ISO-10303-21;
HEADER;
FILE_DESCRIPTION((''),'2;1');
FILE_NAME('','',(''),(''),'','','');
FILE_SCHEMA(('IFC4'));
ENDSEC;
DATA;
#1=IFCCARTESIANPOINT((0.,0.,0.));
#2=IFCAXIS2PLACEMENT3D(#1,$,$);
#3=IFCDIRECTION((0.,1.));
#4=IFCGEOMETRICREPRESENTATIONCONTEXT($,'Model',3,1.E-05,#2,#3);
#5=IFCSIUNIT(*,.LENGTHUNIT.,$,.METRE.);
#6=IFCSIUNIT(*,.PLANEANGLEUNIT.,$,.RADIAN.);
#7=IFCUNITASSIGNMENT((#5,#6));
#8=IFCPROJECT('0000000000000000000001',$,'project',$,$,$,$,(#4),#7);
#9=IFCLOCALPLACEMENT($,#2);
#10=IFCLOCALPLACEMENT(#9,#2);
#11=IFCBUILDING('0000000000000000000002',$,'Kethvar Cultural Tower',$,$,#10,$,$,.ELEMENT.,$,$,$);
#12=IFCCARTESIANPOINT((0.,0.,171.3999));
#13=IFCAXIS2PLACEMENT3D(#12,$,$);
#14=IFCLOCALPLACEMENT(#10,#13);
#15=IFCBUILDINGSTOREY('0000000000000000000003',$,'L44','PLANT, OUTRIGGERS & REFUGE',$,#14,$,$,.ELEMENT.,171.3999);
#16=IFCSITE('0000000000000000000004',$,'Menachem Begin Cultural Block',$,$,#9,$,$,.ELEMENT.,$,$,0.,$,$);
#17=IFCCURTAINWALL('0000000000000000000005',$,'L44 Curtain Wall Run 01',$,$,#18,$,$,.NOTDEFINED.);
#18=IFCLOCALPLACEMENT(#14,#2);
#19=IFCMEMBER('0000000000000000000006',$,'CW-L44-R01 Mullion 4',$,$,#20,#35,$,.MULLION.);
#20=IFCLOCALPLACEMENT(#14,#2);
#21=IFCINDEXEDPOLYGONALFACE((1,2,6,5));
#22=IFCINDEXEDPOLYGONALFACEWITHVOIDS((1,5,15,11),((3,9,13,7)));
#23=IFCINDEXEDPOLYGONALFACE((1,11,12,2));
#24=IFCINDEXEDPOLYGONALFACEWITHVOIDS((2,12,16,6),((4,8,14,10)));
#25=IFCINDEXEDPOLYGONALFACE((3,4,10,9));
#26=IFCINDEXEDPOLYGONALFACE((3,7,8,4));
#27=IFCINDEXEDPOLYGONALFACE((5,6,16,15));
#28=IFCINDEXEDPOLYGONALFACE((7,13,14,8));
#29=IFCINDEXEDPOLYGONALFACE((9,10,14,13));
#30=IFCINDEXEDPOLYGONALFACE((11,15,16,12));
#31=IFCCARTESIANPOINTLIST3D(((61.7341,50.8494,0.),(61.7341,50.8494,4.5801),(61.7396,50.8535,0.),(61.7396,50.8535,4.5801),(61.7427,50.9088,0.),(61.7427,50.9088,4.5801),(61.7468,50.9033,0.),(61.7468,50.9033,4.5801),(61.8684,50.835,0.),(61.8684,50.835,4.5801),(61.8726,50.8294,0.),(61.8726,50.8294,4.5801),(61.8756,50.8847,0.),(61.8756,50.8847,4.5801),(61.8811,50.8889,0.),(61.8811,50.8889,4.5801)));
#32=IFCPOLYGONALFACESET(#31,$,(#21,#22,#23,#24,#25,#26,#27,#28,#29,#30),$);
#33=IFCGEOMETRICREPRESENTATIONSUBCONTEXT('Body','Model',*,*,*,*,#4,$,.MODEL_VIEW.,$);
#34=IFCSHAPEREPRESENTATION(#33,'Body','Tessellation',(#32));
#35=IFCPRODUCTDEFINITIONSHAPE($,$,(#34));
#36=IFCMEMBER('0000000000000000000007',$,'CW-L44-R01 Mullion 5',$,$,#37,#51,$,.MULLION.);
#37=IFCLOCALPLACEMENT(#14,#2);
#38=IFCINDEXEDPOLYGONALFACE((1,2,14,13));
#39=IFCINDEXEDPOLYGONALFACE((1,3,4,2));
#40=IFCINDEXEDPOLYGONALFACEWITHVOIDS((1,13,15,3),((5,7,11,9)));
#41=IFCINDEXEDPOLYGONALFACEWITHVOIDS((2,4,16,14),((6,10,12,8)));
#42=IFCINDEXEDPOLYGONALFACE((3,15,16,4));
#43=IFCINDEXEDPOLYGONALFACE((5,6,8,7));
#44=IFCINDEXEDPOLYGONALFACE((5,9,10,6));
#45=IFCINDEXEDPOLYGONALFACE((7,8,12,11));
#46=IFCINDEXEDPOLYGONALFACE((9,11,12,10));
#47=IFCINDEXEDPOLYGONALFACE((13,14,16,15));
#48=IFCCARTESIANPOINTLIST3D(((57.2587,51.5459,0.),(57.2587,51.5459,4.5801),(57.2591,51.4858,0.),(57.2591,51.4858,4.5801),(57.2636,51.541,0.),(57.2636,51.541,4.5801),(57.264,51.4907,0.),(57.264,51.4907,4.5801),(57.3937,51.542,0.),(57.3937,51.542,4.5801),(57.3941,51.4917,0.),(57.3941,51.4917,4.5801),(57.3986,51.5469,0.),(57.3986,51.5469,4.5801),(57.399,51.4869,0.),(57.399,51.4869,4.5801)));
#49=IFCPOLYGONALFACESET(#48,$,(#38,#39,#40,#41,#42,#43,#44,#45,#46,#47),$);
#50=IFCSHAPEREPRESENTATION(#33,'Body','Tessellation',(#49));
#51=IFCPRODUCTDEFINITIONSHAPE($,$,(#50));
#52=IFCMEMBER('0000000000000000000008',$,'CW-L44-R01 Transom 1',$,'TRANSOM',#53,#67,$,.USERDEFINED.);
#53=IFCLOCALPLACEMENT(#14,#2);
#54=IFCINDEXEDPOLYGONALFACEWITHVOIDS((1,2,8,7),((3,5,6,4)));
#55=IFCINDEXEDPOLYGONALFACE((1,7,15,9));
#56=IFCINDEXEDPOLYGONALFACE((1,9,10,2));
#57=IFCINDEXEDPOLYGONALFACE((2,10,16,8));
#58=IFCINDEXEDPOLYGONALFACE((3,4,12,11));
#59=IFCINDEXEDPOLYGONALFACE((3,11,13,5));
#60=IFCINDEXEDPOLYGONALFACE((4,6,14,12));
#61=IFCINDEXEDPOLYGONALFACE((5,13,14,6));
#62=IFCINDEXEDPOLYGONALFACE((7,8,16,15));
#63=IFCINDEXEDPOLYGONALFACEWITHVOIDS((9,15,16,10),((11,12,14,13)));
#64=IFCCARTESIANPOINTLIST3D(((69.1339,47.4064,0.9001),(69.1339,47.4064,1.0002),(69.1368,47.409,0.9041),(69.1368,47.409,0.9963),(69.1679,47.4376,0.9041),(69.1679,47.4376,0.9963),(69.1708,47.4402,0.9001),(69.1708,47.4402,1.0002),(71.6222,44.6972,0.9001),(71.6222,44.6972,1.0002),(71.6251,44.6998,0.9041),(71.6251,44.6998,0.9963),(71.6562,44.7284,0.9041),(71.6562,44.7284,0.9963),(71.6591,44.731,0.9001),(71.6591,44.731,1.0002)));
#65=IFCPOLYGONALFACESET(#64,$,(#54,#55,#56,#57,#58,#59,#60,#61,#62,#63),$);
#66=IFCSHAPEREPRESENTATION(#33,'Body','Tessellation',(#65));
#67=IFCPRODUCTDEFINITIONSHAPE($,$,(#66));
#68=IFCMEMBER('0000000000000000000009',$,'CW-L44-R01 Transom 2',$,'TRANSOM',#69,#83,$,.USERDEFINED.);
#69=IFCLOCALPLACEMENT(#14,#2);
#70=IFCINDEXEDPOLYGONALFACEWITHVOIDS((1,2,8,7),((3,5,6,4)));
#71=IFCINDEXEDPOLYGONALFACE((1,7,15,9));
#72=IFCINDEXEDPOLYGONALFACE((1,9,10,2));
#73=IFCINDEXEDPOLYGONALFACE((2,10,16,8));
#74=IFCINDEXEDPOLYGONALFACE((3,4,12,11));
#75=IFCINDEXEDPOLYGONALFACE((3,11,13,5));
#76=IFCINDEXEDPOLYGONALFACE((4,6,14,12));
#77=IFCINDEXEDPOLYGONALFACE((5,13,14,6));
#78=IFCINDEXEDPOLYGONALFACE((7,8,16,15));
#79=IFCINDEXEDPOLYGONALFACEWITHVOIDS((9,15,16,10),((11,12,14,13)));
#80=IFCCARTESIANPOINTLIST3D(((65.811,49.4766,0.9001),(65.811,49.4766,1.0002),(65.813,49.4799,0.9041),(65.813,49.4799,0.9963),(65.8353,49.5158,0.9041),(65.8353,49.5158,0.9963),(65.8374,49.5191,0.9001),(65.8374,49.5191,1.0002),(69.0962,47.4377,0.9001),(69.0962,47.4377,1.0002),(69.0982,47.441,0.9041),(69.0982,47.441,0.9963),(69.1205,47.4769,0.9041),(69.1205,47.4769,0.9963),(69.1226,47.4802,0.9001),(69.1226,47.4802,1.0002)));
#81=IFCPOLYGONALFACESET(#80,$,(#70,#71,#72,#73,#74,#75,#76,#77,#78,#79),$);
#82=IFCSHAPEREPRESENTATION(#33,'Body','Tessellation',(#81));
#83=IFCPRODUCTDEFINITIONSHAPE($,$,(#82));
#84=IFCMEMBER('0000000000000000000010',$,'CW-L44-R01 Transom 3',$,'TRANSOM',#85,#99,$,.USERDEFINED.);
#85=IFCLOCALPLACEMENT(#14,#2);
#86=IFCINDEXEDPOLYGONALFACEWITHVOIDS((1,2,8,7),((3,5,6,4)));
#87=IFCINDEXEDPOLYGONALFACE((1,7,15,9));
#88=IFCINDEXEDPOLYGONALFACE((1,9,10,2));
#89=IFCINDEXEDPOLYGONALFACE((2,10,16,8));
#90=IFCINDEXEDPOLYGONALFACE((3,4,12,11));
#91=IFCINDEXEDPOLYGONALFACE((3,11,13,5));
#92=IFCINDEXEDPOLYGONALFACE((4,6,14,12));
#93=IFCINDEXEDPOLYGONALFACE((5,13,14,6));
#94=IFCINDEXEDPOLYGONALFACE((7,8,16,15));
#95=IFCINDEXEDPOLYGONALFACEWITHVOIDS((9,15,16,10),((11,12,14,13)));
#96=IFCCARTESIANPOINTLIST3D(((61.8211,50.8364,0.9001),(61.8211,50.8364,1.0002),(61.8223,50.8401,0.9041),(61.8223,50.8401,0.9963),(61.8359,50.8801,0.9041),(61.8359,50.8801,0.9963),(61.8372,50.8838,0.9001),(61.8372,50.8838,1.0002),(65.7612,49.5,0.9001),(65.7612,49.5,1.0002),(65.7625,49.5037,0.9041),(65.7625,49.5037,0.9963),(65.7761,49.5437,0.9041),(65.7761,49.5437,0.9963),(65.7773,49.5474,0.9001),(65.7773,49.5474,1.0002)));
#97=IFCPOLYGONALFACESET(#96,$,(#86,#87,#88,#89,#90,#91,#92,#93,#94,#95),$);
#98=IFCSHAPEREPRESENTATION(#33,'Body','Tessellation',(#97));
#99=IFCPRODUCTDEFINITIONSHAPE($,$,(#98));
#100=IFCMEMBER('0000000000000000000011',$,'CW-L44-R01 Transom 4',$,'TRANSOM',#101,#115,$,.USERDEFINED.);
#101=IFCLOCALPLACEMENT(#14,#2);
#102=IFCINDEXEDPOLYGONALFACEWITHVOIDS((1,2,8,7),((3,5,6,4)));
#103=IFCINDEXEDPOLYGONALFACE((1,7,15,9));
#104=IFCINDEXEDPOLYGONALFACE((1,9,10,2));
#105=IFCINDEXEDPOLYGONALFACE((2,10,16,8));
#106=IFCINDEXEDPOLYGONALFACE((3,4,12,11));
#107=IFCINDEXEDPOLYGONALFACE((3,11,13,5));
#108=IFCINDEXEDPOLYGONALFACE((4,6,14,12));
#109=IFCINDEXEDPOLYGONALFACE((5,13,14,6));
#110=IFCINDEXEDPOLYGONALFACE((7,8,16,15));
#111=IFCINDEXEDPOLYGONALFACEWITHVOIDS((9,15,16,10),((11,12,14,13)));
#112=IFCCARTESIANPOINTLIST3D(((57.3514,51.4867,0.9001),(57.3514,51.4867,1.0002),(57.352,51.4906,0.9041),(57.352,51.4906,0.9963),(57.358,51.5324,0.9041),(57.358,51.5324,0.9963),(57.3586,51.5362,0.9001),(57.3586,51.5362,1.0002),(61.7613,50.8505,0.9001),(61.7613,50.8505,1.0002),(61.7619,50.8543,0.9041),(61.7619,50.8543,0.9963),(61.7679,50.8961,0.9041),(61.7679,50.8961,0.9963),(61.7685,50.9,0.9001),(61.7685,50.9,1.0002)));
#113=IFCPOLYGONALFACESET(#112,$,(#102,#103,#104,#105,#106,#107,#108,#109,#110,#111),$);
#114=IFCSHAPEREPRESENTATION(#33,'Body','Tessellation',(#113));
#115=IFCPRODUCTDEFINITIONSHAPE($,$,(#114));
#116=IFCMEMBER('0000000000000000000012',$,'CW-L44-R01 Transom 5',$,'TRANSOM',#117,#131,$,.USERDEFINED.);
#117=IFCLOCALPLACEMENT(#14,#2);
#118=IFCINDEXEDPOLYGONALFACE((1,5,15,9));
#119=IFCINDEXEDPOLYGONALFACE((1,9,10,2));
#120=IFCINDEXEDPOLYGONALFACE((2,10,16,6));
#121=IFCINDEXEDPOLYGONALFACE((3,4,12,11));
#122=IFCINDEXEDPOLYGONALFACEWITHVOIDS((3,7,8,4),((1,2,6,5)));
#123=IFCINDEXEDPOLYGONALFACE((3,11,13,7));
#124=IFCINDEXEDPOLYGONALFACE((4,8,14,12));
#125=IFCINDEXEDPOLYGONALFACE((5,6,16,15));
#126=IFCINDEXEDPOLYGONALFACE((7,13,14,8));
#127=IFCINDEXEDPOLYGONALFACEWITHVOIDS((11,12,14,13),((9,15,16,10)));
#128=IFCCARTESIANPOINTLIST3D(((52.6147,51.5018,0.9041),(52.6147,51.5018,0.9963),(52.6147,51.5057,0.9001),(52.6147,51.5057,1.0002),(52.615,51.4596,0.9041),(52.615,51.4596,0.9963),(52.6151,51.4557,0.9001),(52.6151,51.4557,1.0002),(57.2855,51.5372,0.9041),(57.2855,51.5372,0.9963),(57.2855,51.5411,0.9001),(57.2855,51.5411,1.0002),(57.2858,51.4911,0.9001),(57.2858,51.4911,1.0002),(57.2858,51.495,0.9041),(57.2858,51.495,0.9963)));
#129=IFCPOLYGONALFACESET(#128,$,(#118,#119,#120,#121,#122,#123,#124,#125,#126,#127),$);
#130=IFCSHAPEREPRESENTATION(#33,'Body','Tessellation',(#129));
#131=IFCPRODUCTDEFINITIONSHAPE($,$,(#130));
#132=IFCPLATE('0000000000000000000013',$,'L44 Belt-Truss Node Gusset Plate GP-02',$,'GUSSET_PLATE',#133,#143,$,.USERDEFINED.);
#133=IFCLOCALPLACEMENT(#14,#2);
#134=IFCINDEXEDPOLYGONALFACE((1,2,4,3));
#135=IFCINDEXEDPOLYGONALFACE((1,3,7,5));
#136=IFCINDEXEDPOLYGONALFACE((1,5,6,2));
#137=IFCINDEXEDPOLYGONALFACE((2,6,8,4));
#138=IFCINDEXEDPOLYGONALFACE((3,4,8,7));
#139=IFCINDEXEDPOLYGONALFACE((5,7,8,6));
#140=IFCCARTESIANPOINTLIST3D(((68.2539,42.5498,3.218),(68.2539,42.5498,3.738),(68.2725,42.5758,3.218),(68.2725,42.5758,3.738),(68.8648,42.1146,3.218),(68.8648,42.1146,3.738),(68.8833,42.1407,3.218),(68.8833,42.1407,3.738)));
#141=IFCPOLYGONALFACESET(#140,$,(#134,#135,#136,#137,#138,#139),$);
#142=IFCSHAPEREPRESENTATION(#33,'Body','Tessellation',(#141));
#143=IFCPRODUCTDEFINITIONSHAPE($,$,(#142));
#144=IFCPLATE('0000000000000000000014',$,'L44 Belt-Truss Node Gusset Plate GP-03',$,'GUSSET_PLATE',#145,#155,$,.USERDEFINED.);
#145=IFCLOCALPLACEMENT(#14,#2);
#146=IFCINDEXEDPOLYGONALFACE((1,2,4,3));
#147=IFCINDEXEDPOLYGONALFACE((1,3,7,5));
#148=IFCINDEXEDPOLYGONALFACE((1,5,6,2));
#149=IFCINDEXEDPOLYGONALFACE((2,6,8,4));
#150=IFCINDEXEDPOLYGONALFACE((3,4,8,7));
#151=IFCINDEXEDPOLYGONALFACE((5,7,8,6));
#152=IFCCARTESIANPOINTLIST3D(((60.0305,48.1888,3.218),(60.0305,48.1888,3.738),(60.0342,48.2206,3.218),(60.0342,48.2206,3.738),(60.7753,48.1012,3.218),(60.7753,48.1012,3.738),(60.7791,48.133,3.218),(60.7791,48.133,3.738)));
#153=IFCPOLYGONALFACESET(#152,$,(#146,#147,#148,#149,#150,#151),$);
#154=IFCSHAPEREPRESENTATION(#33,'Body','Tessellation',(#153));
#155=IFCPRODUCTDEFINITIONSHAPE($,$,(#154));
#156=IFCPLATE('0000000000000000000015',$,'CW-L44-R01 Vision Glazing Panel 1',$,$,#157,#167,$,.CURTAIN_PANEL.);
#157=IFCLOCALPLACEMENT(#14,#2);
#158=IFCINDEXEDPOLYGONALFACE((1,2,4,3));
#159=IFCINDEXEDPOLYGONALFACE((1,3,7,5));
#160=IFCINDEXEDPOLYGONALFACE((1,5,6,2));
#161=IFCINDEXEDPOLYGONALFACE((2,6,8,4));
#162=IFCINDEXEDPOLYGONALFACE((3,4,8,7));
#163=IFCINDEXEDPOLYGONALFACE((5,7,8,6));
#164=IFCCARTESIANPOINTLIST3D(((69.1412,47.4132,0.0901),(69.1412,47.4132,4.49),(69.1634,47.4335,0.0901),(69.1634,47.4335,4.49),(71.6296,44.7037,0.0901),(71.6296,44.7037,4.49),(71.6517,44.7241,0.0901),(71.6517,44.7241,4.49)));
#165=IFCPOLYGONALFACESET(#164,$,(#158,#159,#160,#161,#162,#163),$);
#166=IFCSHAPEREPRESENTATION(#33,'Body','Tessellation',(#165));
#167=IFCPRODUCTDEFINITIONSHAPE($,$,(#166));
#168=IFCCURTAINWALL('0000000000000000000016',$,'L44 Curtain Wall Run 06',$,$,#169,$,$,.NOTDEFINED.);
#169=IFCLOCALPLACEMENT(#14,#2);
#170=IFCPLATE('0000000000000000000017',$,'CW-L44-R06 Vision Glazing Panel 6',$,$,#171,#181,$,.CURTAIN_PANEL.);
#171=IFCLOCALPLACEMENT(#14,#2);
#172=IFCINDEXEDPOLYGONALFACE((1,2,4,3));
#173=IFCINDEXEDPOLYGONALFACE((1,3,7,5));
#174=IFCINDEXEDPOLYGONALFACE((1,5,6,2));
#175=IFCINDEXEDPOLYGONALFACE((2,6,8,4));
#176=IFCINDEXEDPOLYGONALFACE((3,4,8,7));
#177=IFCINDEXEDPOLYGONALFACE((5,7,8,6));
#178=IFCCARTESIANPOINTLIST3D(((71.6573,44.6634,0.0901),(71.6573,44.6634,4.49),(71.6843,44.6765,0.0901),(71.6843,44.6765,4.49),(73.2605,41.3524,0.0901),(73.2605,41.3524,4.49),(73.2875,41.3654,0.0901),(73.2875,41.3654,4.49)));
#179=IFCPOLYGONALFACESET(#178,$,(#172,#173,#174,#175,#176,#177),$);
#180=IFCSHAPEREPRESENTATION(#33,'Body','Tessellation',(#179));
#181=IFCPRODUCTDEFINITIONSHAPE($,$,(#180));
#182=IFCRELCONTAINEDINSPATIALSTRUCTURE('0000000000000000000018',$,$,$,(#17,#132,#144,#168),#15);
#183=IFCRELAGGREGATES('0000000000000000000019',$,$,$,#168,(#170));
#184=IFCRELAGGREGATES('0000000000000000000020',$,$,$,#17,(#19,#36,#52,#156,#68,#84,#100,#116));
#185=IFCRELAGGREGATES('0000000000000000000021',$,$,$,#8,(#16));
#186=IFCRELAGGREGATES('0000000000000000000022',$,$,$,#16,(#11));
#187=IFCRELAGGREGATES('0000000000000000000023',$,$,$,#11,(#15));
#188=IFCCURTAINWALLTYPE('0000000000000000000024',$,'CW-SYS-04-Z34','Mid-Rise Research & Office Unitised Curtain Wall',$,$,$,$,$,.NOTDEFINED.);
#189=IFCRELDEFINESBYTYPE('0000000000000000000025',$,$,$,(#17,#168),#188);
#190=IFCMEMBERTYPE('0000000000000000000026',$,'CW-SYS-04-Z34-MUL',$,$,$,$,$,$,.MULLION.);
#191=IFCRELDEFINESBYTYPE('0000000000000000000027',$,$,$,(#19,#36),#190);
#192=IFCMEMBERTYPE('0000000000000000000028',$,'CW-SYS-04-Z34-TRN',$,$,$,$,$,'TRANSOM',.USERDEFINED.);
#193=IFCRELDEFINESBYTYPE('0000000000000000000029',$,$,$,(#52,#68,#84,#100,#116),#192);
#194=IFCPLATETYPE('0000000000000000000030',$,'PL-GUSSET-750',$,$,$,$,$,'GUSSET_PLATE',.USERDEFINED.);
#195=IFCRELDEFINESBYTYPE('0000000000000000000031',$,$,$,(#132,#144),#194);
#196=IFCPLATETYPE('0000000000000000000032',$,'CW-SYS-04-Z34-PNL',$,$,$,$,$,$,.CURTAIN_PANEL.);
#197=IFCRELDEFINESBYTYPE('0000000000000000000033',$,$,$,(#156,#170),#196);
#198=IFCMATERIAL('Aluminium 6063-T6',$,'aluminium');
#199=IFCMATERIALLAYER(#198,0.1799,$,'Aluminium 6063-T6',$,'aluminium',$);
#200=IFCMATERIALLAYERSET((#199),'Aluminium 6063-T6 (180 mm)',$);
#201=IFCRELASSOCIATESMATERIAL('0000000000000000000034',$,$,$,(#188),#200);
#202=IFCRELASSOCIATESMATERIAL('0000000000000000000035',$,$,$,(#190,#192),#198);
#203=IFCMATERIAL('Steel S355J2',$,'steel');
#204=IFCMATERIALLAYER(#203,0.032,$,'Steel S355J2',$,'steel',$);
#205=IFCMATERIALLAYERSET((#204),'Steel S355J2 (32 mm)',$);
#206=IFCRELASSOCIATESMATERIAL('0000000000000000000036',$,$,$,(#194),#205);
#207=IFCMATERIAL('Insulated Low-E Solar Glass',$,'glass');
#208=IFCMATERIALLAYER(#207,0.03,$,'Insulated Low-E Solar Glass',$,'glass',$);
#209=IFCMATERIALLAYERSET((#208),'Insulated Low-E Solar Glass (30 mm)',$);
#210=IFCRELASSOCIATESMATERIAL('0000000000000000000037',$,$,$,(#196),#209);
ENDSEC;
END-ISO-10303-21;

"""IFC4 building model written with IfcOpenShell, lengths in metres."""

from ifc_helpers import new_model, si_unit, direction, frame, origin, origin_2d, place, context, subcontext, project, spatial, rectangle, hollow_rectangle, extrude, source, transform, mapped, material, layer, layer_set, material_profile, profile_set, type_object, element, aggregate, save


model = new_model("IFC4")

# Units and contexts
model_context = context("Model", 3, precision=1e-05, world=origin(), true_north=direction((0.0, 1.0)))
body_context = subcontext(model_context, "Body", "Model", "MODEL_VIEW")
ifc_project = project(units=[si_unit("LENGTHUNIT", "METRE"), si_unit("PLANEANGLEUNIT", "RADIAN")], contexts=[model_context])

# Site, building, storey
site_placement = place(None, origin())
site = spatial("IfcSite", under=ifc_project, at=site_placement, Name="Menachem Begin Cultural Block", CompositionType="ELEMENT", RefElevation=0.0)
building_placement = place(site_placement, origin())
building = spatial("IfcBuilding", under=site, at=building_placement, Name="Kethvar Cultural Tower", CompositionType="ELEMENT")
storey_placement = place(building_placement, frame((0.0, 0.0, 171.3999)))
storey = spatial("IfcBuildingStorey", under=building, at=storey_placement, Name="L44", Description="PLANT, OUTRIGGERS & REFUGE", CompositionType="ELEMENT", Elevation=171.3999)

# Curtain wall, members
ifc_material_1 = material(Name="Aluminium 6063-T6", Category="aluminium")
ifc_layer_1 = layer(ifc_material_1, 0.1799, Name="Aluminium 6063-T6", Category="aluminium")
ifc_layer_set_1 = layer_set([ifc_layer_1], Name="Aluminium 6063-T6 (180 mm)")
curtain_wall_type = type_object("IfcCurtainWallType", Name="CW-SYS-04-Z34", Description="Mid-Rise Research & Office Unitised Curtain Wall", PredefinedType="NOTDEFINED", material=ifc_layer_set_1)
curtain_wall_1_placement = place(storey_placement, origin())
curtain_wall_1 = element("IfcCurtainWall", 1, at=curtain_wall_1_placement, inside=storey, type_object=curtain_wall_type, Name="L44 Curtain Wall Run 01", PredefinedType="NOTDEFINED")
ifc_material_profile_1 = material_profile(ifc_material_1, hollow_rectangle(XDim=0.0601, YDim=0.1399, WallThickness=0.0049, at=origin_2d()), Name="Aluminium 6063-T6 — RHS140x60x5")
ifc_profile_set_1 = profile_set([ifc_material_profile_1], Name="Aluminium 6063-T6 — RHS140x60x5")
member_type_1 = type_object("IfcMemberType", Name="CW-SYS-04-Z34-MUL", PredefinedType="MULLION", material=ifc_profile_set_1)
shared_shape_1 = source(origin(), body_context, "Body", "SweptSolid", [
    extrude(hollow_rectangle(XDim=0.0601, YDim=0.1399, WallThickness=0.0049, at=origin_2d()), origin(), (0.0, 0.0, 1.0), 4.5801),
])
member_1_placement = place(storey_placement, frame((61.8076, 50.8691, 0.0), z_axis=(0.0, 0.0, 1.0), x_axis=(-0.142767, -0.989756, 0.0)))
member_1 = element("IfcMember", 2, at=member_1_placement, type_object=member_type_1, Name="CW-L44-R01 Mullion 4", PredefinedType="MULLION", context=body_context, shape_type="MappedRepresentation", body=[
    mapped(shared_shape_1, transform((0.0, 0.0, 0.0), scale=1.0)),
])
member_2_placement = place(storey_placement, frame((57.3289, 51.5164, 0.0), z_axis=(0.0, 0.0, 1.0), x_axis=(0.007592, -0.999971, 0.0)))
member_2 = element("IfcMember", 3, at=member_2_placement, type_object=member_type_1, Name="CW-L44-R01 Mullion 5", PredefinedType="MULLION", context=body_context, shape_type="MappedRepresentation", body=[
    mapped(shared_shape_1, transform((0.0, 0.0, 0.0), scale=1.0)),
])
ifc_material_profile_2 = material_profile(ifc_material_1, hollow_rectangle(XDim=0.05, YDim=0.1001, WallThickness=0.0039, at=origin_2d()), Name="Aluminium 6063-T6 — RHS100x50x4")
ifc_profile_set_2 = profile_set([ifc_material_profile_2], Name="Aluminium 6063-T6 — RHS100x50x4")
member_type_2 = type_object("IfcMemberType", Name="CW-SYS-04-Z34-TRN", ElementType="TRANSOM", PredefinedType="USERDEFINED", material=ifc_profile_set_2)
shared_shape_2 = source(origin(), body_context, "Body", "SweptSolid", [
    extrude(hollow_rectangle(XDim=0.05, YDim=0.1001, WallThickness=0.0039, at=origin_2d()), origin(), (0.0, 0.0, 1.0), 3.6785),
])
member_3_placement = place(storey_placement, frame((71.6406, 44.7141, 0.9502), z_axis=(-0.676437, 0.736501, 0.0), x_axis=(-0.736501, -0.676437, 0.0)))
member_3 = element("IfcMember", 4, at=member_3_placement, type_object=member_type_2, Name="CW-L44-R01 Transom 1", ObjectType="TRANSOM", PredefinedType="USERDEFINED", context=body_context, shape_type="MappedRepresentation", body=[
    mapped(shared_shape_2, transform((0.0, 0.0, 0.0), scale=1.0)),
])
shared_shape_3 = source(origin(), body_context, "Body", "SweptSolid", [
    extrude(hollow_rectangle(XDim=0.05, YDim=0.1001, WallThickness=0.0039, at=origin_2d()), origin(), (0.0, 0.0, 1.0), 3.8665),
])
member_4_placement = place(storey_placement, frame((69.1094, 47.459, 0.9502), z_axis=(-0.849668, 0.527317, 0.0), x_axis=(-0.527317, -0.849668, 0.0)))
member_4 = element("IfcMember", 5, at=member_4_placement, type_object=member_type_2, Name="CW-L44-R01 Transom 2", ObjectType="TRANSOM", PredefinedType="USERDEFINED", context=body_context, shape_type="MappedRepresentation", body=[
    mapped(shared_shape_3, transform((0.0, 0.0, 0.0), scale=1.0)),
])
shared_shape_4 = source(origin(), body_context, "Body", "SweptSolid", [
    extrude(hollow_rectangle(XDim=0.05, YDim=0.1001, WallThickness=0.0039, at=origin_2d()), origin(), (0.0, 0.0, 1.0), 4.1606),
])
member_5_placement = place(storey_placement, frame((65.7693, 49.5237, 0.9502), z_axis=(-0.94701, 0.321205, 0.0), x_axis=(-0.321205, -0.94701, 0.0)))
member_5 = element("IfcMember", 6, at=member_5_placement, type_object=member_type_2, Name="CW-L44-R01 Transom 3", ObjectType="TRANSOM", PredefinedType="USERDEFINED", context=body_context, shape_type="MappedRepresentation", body=[
    mapped(shared_shape_4, transform((0.0, 0.0, 0.0), scale=1.0)),
])
shared_shape_5 = source(origin(), body_context, "Body", "SweptSolid", [
    extrude(hollow_rectangle(XDim=0.05, YDim=0.1001, WallThickness=0.0039, at=origin_2d()), origin(), (0.0, 0.0, 1.0), 4.4556),
])
member_6_placement = place(storey_placement, frame((61.7649, 50.8752, 0.9502), z_axis=(-0.989752, 0.142794, 0.0), x_axis=(-0.142794, -0.989752, 0.0)))
member_6 = element("IfcMember", 7, at=member_6_placement, type_object=member_type_2, Name="CW-L44-R01 Transom 4", ObjectType="TRANSOM", PredefinedType="USERDEFINED", context=body_context, shape_type="MappedRepresentation", body=[
    mapped(shared_shape_5, transform((0.0, 0.0, 0.0), scale=1.0)),
])
shared_shape_6 = source(origin(), body_context, "Body", "SweptSolid", [
    extrude(hollow_rectangle(XDim=0.05, YDim=0.1001, WallThickness=0.0039, at=origin_2d()), origin(), (0.0, 0.0, 1.0), 4.6709),
])
member_7_placement = place(storey_placement, frame((57.2856, 51.5161, 0.9502), z_axis=(-0.999971, -0.007579, 0.0), x_axis=(0.007579, -0.999971, 0.0)))
member_7 = element("IfcMember", 8, at=member_7_placement, type_object=member_type_2, Name="CW-L44-R01 Transom 5", ObjectType="TRANSOM", PredefinedType="USERDEFINED", context=body_context, shape_type="MappedRepresentation", body=[
    mapped(shared_shape_6, transform((0.0, 0.0, 0.0), scale=1.0)),
])

# Plates
ifc_material_2 = material(Name="Steel S355J2", Category="steel")
ifc_layer_2 = layer(ifc_material_2, 0.032, Name="Steel S355J2", Category="steel")
ifc_layer_set_2 = layer_set([ifc_layer_2], Name="Steel S355J2 (32 mm)")
plate_type_1 = type_object("IfcPlateType", Name="PL-GUSSET-750", ElementType="GUSSET_PLATE", PredefinedType="USERDEFINED", material=ifc_layer_set_2)
shared_shape_7 = source(origin(), body_context, "Body", "SweptSolid", [
    extrude(rectangle(XDim=0.75, YDim=0.032, at=origin_2d()), origin(), (0.0, 0.0, 1.0), 0.52),
])
for number, where, z_axis, x_axis, name in (
    (9, (68.5686, 42.3452, 3.218), (0.0, 0.0, 1.0), (-0.814473, 0.580202, 0.0), "L44 Belt-Truss Node Gusset Plate GP-02"),
    (10, (60.4048, 48.1609, 3.218), (0.0, 0.0, 1.0), (-0.993152, 0.116833, 0.0), "L44 Belt-Truss Node Gusset Plate GP-03"),
):
    element("IfcPlate", number, at=place(storey_placement, frame(where, z_axis=z_axis, x_axis=x_axis)), inside=storey, type_object=plate_type_1, Name=name, ObjectType="GUSSET_PLATE", PredefinedType="USERDEFINED", context=body_context, shape_type="MappedRepresentation", body=[
        mapped(shared_shape_7, transform((0.0, 0.0, 0.0), scale=1.0)),
    ])

# Plate
ifc_material_3 = material(Name="Insulated Low-E Solar Glass", Category="glass")
ifc_layer_3 = layer(ifc_material_3, 0.03, Name="Insulated Low-E Solar Glass", Category="glass")
ifc_layer_set_3 = layer_set([ifc_layer_3], Name="Insulated Low-E Solar Glass (30 mm)")
plate_type_2 = type_object("IfcPlateType", Name="CW-SYS-04-Z34-PNL", PredefinedType="CURTAIN_PANEL", material=ifc_layer_set_3)
shared_shape_8 = source(origin(), body_context, "Body", "SweptSolid", [
    extrude(rectangle(XDim=3.6787, YDim=0.03, at=origin_2d()), origin(), (0.0, 0.0, 1.0), 4.3999),
])
plate_1_placement = place(storey_placement, frame((70.3965, 46.0686, 0.0901), z_axis=(0.0, 0.0, 1.0), x_axis=(-0.676426, 0.73651, 0.0)))
plate_1 = element("IfcPlate", 11, at=plate_1_placement, type_object=plate_type_2, Name="CW-L44-R01 Vision Glazing Panel 1", PredefinedType="CURTAIN_PANEL", context=body_context, shape_type="MappedRepresentation", body=[
    mapped(shared_shape_8, transform((0.0, 0.0, 0.0), scale=1.0)),
])

# Curtain wall, plate
curtain_wall_2_placement = place(storey_placement, origin())
curtain_wall_2 = element("IfcCurtainWall", 12, at=curtain_wall_2_placement, inside=storey, type_object=curtain_wall_type, Name="L44 Curtain Wall Run 06", PredefinedType="NOTDEFINED")
plate_2_placement = place(storey_placement, frame((72.4724, 43.0144, 0.0901), z_axis=(0.0, 0.0, 1.0), x_axis=(-0.435797, 0.900045, 0.0)))
plate_2 = element("IfcPlate", 13, at=plate_2_placement, type_object=plate_type_2, Name="CW-L44-R06 Vision Glazing Panel 6", PredefinedType="CURTAIN_PANEL", context=body_context, shape_type="MappedRepresentation", body=[
    mapped(shared_shape_8, transform((0.0, 0.0, 0.0), scale=1.0)),
])
aggregate(curtain_wall_2, [plate_2])

aggregate(curtain_wall_1, [member_1, member_2, member_3, plate_1, member_4, member_5, member_6, member_7])

save(model, "model.ifc")
